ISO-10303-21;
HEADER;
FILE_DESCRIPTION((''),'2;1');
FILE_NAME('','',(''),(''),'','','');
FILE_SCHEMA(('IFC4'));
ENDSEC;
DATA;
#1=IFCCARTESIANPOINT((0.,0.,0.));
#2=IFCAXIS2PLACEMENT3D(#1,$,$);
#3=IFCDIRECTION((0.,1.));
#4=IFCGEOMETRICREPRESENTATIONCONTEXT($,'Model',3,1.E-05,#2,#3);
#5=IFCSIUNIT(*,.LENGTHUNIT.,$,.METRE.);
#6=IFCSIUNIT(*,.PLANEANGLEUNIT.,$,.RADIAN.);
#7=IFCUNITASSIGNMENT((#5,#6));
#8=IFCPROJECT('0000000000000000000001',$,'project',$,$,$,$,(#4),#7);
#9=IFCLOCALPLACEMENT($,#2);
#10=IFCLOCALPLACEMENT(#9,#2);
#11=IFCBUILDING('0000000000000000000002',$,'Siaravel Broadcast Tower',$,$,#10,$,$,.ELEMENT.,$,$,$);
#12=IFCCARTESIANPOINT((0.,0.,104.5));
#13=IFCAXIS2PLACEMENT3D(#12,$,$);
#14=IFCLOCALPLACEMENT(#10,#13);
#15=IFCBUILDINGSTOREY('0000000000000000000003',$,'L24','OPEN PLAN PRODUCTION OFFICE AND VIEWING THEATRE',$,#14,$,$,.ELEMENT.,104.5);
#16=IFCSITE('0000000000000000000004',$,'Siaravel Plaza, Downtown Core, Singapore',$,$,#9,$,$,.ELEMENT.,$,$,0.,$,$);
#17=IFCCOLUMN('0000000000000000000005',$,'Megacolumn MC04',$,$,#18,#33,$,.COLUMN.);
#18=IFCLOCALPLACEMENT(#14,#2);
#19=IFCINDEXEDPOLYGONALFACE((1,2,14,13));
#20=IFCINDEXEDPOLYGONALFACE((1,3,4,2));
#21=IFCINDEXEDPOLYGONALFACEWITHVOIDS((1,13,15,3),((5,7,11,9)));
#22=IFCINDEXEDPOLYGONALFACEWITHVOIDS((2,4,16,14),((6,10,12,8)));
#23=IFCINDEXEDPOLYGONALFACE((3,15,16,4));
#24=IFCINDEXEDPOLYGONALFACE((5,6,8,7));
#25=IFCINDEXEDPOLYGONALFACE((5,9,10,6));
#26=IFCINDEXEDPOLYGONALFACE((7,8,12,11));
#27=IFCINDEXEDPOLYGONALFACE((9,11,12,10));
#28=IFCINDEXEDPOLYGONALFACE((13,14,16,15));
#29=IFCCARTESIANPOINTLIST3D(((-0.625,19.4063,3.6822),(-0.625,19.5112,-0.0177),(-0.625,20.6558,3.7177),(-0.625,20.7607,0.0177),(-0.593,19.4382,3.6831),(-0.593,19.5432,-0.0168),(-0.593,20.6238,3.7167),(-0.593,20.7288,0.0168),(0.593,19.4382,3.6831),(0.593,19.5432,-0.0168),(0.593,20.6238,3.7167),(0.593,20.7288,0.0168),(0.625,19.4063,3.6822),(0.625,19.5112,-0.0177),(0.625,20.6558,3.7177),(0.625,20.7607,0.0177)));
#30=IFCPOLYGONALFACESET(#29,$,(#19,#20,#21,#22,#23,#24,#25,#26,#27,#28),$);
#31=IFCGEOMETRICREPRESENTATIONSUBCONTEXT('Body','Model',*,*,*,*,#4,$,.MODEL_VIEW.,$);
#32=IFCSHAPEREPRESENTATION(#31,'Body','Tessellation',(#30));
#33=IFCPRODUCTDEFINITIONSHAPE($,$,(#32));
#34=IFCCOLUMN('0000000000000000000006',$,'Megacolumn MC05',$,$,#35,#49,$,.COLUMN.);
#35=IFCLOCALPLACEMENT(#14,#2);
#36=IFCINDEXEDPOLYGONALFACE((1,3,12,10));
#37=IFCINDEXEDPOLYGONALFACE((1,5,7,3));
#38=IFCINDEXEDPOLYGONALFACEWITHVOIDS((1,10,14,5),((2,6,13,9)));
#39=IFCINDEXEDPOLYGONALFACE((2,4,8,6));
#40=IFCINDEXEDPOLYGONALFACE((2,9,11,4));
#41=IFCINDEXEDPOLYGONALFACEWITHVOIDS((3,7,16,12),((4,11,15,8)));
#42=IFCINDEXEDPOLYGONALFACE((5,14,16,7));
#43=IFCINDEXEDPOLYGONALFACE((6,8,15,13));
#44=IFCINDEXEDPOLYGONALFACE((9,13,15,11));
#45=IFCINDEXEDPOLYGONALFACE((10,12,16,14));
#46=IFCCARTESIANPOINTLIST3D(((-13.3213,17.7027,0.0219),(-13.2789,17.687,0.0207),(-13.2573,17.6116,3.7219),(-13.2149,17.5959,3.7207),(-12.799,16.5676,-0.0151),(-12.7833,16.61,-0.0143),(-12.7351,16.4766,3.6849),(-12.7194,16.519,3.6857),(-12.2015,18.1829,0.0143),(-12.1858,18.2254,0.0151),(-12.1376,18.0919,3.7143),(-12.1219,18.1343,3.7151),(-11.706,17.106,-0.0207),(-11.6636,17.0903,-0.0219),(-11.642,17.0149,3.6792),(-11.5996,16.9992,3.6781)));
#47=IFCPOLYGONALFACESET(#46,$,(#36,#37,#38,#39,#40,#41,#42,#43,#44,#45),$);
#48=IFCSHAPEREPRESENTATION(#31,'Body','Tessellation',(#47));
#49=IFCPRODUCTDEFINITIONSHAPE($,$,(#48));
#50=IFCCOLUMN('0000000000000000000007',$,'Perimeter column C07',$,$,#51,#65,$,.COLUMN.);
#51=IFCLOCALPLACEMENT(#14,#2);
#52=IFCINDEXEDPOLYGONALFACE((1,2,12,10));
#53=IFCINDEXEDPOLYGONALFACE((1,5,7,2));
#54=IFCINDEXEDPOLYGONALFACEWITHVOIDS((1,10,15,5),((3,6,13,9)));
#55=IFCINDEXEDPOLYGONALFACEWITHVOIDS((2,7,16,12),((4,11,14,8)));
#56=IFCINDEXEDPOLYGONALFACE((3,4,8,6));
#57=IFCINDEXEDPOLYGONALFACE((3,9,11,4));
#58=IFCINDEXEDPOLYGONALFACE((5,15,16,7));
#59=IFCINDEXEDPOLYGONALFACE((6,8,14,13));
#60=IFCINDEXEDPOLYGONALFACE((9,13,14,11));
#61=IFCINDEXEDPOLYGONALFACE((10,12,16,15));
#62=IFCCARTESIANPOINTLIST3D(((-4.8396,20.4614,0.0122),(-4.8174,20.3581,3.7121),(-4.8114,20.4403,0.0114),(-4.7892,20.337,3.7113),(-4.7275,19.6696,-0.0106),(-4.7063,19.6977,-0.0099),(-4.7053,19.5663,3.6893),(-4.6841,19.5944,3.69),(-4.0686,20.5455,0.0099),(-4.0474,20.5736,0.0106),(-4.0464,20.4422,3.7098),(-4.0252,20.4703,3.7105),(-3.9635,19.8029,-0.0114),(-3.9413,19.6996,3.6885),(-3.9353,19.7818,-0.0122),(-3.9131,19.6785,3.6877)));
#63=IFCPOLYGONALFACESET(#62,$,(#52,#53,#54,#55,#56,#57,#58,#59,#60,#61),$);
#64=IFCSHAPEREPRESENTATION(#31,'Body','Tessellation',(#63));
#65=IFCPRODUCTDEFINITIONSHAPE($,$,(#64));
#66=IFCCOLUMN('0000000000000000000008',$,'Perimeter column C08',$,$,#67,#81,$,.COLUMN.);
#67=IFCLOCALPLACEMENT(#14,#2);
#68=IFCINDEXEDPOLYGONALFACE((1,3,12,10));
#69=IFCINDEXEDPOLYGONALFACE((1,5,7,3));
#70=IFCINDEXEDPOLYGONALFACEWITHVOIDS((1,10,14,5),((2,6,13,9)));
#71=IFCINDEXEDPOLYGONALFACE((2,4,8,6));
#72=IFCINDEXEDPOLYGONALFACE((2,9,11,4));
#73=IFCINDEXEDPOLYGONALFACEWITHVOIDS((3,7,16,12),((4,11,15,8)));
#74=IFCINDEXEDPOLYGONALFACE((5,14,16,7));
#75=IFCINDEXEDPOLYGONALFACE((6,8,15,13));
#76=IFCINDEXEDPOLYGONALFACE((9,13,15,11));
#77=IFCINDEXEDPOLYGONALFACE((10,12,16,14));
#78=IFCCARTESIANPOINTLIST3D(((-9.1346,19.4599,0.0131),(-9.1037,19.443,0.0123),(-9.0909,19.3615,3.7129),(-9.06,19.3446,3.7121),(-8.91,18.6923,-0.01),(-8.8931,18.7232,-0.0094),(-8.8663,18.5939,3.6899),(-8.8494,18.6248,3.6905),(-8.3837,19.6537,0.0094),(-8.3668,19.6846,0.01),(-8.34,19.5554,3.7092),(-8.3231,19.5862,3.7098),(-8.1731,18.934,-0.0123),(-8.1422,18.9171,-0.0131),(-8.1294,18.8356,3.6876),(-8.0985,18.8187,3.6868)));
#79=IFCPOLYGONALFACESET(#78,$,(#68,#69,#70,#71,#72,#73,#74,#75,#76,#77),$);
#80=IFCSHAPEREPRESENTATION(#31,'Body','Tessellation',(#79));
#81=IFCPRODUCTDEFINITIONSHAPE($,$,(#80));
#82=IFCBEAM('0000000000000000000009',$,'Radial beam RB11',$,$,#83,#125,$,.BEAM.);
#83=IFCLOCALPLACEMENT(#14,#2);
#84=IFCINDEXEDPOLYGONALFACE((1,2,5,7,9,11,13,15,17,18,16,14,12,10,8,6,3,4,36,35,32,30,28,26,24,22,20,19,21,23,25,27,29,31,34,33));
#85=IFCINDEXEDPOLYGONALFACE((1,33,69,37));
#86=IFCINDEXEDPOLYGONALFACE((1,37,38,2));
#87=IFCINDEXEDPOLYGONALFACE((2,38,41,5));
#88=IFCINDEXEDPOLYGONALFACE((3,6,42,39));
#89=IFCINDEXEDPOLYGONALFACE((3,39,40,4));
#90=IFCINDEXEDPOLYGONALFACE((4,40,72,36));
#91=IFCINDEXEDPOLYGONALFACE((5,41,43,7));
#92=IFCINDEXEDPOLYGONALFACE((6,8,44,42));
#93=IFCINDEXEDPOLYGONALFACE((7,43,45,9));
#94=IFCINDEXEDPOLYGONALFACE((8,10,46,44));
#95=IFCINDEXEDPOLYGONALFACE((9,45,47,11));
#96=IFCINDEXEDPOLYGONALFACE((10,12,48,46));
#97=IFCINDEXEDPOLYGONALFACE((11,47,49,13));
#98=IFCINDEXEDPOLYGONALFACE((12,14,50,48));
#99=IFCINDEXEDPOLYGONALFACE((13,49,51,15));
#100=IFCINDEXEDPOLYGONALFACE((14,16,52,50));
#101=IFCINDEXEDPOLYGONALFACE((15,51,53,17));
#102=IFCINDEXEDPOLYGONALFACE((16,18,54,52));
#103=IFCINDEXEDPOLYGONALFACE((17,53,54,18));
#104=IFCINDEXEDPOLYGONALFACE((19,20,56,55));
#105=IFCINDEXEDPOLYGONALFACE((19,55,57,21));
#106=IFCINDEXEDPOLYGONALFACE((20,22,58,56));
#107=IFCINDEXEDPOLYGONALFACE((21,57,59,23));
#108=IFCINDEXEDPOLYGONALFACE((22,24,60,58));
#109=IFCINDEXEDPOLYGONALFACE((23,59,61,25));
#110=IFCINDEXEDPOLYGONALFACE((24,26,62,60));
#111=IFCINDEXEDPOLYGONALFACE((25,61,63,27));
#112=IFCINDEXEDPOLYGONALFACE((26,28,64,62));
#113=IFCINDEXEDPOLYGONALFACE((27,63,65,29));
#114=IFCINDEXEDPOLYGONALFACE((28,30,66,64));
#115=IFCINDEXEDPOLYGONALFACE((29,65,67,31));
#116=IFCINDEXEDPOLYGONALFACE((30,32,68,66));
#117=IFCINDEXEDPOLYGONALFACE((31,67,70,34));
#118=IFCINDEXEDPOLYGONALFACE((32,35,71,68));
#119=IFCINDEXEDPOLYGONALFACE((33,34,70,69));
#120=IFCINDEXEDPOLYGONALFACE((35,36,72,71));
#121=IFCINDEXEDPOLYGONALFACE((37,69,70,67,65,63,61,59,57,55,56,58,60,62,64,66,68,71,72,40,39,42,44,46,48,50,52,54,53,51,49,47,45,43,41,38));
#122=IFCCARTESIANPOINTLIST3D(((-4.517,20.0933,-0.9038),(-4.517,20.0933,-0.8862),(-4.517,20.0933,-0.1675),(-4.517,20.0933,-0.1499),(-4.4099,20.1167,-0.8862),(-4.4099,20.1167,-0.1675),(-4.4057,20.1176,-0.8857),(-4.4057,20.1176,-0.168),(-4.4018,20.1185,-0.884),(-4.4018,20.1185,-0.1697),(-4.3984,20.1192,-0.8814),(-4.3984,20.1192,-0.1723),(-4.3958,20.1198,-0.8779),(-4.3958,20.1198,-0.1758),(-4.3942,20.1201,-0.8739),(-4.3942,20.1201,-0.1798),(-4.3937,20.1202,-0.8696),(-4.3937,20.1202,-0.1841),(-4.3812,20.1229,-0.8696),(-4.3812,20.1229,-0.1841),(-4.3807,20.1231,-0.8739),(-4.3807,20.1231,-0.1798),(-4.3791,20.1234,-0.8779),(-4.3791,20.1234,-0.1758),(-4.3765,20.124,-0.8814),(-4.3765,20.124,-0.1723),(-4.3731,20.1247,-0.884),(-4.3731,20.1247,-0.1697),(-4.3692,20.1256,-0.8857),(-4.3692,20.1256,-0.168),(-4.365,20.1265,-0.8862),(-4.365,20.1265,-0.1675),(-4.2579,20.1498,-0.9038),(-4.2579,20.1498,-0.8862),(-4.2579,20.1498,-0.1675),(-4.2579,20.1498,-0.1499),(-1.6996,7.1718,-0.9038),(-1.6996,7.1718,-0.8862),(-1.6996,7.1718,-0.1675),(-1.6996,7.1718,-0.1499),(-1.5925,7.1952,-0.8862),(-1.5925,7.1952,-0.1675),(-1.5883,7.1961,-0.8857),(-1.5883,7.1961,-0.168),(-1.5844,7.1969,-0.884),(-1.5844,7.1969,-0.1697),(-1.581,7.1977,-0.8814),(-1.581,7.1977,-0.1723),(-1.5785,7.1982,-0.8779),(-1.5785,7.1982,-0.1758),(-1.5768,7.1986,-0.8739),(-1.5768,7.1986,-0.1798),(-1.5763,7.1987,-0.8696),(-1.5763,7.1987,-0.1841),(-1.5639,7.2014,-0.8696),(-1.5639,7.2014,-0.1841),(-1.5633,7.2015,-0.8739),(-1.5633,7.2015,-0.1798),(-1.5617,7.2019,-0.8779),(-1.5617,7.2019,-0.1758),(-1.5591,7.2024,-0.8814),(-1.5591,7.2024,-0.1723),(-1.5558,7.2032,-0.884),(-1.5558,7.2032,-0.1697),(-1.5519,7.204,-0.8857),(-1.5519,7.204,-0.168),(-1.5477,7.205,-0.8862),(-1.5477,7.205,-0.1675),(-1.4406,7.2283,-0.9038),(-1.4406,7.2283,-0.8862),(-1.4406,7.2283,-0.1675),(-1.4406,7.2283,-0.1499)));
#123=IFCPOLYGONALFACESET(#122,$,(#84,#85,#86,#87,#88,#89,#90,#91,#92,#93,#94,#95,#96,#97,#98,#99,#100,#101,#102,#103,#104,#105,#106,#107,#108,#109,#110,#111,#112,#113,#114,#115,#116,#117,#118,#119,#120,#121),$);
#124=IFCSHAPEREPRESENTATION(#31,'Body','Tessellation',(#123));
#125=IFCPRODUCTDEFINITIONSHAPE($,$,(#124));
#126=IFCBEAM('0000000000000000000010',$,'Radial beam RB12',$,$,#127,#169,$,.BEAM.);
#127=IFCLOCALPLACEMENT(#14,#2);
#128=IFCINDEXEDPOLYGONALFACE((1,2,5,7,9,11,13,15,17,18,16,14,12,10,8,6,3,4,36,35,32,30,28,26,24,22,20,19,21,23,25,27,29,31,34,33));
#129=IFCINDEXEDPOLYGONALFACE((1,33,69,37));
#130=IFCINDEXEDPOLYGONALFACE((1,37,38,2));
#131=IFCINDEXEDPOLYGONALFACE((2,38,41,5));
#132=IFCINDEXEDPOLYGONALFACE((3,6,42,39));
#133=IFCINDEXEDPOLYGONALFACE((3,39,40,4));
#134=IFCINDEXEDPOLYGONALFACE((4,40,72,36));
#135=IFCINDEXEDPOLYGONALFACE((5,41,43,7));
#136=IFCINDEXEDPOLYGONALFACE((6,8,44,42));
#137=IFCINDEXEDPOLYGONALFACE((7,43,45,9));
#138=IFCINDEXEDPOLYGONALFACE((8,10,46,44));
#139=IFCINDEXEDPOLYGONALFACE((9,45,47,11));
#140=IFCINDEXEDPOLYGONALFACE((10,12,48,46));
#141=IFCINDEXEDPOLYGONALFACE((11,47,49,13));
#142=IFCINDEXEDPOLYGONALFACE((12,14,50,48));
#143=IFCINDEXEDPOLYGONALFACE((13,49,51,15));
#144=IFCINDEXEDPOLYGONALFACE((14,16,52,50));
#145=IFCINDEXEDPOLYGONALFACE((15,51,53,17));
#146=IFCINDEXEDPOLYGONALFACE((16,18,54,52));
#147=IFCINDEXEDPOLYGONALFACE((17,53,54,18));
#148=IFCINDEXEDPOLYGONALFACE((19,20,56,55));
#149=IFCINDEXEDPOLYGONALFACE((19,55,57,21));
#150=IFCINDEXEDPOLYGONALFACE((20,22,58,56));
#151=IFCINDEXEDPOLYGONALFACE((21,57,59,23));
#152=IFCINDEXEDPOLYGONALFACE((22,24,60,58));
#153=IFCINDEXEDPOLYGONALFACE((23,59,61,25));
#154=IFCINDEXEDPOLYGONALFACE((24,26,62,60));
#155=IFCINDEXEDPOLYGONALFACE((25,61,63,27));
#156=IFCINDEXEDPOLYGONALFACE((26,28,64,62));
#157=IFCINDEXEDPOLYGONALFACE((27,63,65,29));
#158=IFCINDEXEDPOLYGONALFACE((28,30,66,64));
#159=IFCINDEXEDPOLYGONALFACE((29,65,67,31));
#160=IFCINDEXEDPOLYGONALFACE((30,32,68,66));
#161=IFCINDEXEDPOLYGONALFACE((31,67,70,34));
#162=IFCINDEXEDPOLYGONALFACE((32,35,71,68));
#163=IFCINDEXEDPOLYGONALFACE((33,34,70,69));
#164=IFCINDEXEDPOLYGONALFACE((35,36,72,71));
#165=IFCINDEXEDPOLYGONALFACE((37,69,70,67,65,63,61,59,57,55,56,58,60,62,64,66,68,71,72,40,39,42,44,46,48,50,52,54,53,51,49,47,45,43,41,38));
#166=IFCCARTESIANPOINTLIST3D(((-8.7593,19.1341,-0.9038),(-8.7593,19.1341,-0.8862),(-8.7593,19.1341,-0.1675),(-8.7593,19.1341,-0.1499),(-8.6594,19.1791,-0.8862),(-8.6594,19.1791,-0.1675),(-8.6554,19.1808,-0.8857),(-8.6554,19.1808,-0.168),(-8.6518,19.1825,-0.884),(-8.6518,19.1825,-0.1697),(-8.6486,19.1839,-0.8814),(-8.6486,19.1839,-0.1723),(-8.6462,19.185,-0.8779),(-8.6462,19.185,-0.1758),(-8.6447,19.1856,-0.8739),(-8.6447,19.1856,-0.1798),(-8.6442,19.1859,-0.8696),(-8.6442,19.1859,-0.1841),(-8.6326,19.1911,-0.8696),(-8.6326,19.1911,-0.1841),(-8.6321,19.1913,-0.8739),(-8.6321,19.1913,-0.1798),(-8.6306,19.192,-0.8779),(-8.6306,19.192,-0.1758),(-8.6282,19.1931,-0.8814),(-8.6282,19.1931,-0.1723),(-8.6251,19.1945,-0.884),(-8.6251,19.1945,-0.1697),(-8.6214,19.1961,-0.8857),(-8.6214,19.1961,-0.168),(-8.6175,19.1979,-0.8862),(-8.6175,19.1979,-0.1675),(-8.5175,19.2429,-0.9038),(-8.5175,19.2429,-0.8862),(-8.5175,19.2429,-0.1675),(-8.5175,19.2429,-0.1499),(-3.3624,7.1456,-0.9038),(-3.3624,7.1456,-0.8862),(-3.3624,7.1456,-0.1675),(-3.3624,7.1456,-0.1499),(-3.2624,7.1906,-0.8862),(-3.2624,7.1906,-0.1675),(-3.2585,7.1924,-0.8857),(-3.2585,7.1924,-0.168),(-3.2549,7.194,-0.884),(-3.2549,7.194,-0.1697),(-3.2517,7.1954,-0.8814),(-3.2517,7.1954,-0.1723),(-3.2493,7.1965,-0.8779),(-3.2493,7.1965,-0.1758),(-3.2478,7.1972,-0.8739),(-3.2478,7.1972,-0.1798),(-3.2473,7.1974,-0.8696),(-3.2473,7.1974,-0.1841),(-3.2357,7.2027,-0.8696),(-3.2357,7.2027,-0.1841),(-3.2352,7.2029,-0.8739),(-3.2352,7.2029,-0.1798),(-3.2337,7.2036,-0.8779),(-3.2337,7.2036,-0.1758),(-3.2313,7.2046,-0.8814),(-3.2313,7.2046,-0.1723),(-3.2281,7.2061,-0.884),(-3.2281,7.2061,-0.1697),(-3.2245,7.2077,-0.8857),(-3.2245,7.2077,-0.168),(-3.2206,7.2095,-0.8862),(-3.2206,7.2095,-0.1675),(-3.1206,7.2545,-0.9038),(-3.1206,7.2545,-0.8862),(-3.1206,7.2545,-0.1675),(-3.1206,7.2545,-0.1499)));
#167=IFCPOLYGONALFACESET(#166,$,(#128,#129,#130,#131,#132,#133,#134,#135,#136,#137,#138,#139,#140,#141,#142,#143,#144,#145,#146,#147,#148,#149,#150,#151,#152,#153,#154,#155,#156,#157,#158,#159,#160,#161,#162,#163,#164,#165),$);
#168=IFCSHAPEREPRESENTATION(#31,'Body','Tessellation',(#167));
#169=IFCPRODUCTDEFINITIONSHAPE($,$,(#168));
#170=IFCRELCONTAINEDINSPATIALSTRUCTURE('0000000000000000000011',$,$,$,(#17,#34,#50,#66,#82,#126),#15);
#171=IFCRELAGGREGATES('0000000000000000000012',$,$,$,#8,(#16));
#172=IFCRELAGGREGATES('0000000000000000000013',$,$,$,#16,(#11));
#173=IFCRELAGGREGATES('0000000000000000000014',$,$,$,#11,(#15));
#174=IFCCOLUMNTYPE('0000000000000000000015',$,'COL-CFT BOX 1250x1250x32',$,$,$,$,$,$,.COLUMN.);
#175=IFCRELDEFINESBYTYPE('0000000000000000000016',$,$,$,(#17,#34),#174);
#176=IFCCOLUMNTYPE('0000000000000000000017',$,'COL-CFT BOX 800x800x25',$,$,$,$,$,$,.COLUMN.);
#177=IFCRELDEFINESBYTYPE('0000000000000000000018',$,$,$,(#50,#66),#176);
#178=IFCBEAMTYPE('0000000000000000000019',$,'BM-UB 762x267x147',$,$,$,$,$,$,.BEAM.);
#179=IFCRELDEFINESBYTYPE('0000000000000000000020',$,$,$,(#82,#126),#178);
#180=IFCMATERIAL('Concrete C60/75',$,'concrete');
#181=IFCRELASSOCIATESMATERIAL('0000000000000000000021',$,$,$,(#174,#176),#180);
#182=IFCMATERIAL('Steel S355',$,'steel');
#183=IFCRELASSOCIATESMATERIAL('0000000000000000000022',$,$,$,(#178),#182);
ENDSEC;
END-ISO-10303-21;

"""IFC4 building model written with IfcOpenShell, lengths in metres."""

from ifc_helpers import new_model, si_unit, direction, frame, origin, origin_2d, place, context, subcontext, project, spatial, hollow_rectangle, i_section, extrude, material, material_profile, profile_set, type_object, element, save


model = new_model("IFC4")

# Units and contexts
model_context = context("Model", 3, precision=1e-05, world=origin(), true_north=direction((0.0, 1.0)))
body_context = subcontext(model_context, "Body", "Model", "MODEL_VIEW")
ifc_project = project(units=[si_unit("LENGTHUNIT", "METRE"), si_unit("PLANEANGLEUNIT", "RADIAN")], contexts=[model_context])

# Site, building, storey
site_placement = place(None, origin())
site = spatial("IfcSite", under=ifc_project, at=site_placement, Name="Siaravel Plaza, Downtown Core, Singapore", CompositionType="ELEMENT", RefElevation=0.0)
building_placement = place(site_placement, origin())
building = spatial("IfcBuilding", under=site, at=building_placement, Name="Siaravel Broadcast Tower", CompositionType="ELEMENT")
storey_placement = place(building_placement, frame((0.0, 0.0, 104.5)))
storey = spatial("IfcBuildingStorey", under=building, at=storey_placement, Name="L24", Description="OPEN PLAN PRODUCTION OFFICE AND VIEWING THEATRE", CompositionType="ELEMENT", Elevation=104.5)

# Columns
ifc_material_1 = material(Name="Concrete C60/75", Category="concrete")
ifc_material_profile_1 = material_profile(ifc_material_1, hollow_rectangle(XDim=1.25, YDim=1.25, WallThickness=0.032, at=origin_2d()))
ifc_profile_set_1 = profile_set([ifc_material_profile_1], Name="Concrete C60/75")
column_type_1 = type_object("IfcColumnType", Name="COL-CFT BOX 1250x1250x32", PredefinedType="COLUMN", material=ifc_profile_set_1)
column_1_placement = place(storey_placement, frame((0.0, 20.136, 0.0), z_axis=(0.0, -0.028362, 0.999598), x_axis=(1.0, 0.0, 0.0)))
element("IfcColumn", 1, at=column_1_placement, inside=storey, type_object=column_type_1, Name="Megacolumn MC04", PredefinedType="COLUMN", context=body_context, shape_type="SweptSolid", body=[
    extrude(hollow_rectangle(XDim=1.25, YDim=1.25, WallThickness=0.032, at=origin_2d()), origin(), (0.0, 0.0, 1.0), 3.7014),
])
column_2_placement = place(storey_placement, frame((-12.4924, 17.3965, 0.0), z_axis=(0.01728, -0.024601, 0.999548), x_axis=(0.908369, 0.418135, -0.005413)))
element("IfcColumn", 2, at=column_2_placement, inside=storey, type_object=column_type_1, Name="Megacolumn MC05", PredefinedType="COLUMN", context=body_context, shape_type="SweptSolid", body=[
    extrude(hollow_rectangle(XDim=1.25, YDim=1.25, WallThickness=0.032, at=origin_2d()), origin(), (0.0, 0.0, 1.0), 3.7017),
])
ifc_material_profile_2 = material_profile(ifc_material_1, hollow_rectangle(XDim=0.8, YDim=0.8, WallThickness=0.0249, at=origin_2d()))
ifc_profile_set_2 = profile_set([ifc_material_profile_2], Name="Concrete C60/75")
column_type_2 = type_object("IfcColumnType", Name="COL-CFT BOX 800x800x25", PredefinedType="COLUMN", material=ifc_profile_set_2)
for number, where, z_axis, x_axis, name in (
    (3, (-4.3875, 20.1216, 0.0), (0.006002, -0.0279, 0.999593), (0.990118, 0.140221, -0.002031), "Perimeter column C07"),
    (4, (-8.6384, 19.1885, 0.0), (0.011806, -0.026581, 0.999577), (0.959717, 0.280941, -0.003865), "Perimeter column C08"),
):
    element("IfcColumn", number, at=place(storey_placement, frame(where, z_axis=z_axis, x_axis=x_axis)), inside=storey, type_object=column_type_2, Name=name, PredefinedType="COLUMN", context=body_context, shape_type="SweptSolid", body=[
        extrude(hollow_rectangle(XDim=0.8, YDim=0.8, WallThickness=0.0249, at=origin_2d()), origin(), (0.0, 0.0, 1.0), 3.7014),
    ])

# Beams
ifc_material_2 = material(Name="Steel S355", Category="steel")
ifc_material_profile_3 = material_profile(ifc_material_2, i_section(OverallWidth=0.2651, OverallDepth=0.7539, WebThickness=0.0127, FlangeThickness=0.0176, FilletRadius=0.0166, at=origin_2d()))
ifc_profile_set_3 = profile_set([ifc_material_profile_3], Name="Steel S355")
beam_type = type_object("IfcBeamType", Name="BM-UB 762x267x147", PredefinedType="BEAM", material=ifc_profile_set_3)
beam_1_placement = place(storey_placement, frame((-4.3875, 20.1216, -0.5269), z_axis=(0.213031, -0.977045, 0.0), x_axis=(0.977045, 0.213031, 0.0)))
element("IfcBeam", 5, at=beam_1_placement, inside=storey, type_object=beam_type, Name="Radial beam RB11", PredefinedType="BEAM", context=body_context, shape_type="SweptSolid", body=[
    extrude(i_section(OverallWidth=0.2651, OverallDepth=0.7539, WebThickness=0.0127, FlangeThickness=0.0176, FilletRadius=0.0166, at=origin_2d()), origin(), (0.0, 0.0, 1.0), 13.2251),
])
beam_2_placement = place(storey_placement, frame((-8.6384, 19.1885, -0.5269), z_axis=(0.4105, -0.911861, 0.0), x_axis=(0.911861, 0.4105, 0.0)))
element("IfcBeam", 6, at=beam_2_placement, inside=storey, type_object=beam_type, Name="Radial beam RB12", PredefinedType="BEAM", context=body_context, shape_type="SweptSolid", body=[
    extrude(i_section(OverallWidth=0.2651, OverallDepth=0.7539, WebThickness=0.0127, FlangeThickness=0.0176, FilletRadius=0.0166, at=origin_2d()), origin(), (0.0, 0.0, 1.0), 13.1472),
])

save(model, "model.ifc")
